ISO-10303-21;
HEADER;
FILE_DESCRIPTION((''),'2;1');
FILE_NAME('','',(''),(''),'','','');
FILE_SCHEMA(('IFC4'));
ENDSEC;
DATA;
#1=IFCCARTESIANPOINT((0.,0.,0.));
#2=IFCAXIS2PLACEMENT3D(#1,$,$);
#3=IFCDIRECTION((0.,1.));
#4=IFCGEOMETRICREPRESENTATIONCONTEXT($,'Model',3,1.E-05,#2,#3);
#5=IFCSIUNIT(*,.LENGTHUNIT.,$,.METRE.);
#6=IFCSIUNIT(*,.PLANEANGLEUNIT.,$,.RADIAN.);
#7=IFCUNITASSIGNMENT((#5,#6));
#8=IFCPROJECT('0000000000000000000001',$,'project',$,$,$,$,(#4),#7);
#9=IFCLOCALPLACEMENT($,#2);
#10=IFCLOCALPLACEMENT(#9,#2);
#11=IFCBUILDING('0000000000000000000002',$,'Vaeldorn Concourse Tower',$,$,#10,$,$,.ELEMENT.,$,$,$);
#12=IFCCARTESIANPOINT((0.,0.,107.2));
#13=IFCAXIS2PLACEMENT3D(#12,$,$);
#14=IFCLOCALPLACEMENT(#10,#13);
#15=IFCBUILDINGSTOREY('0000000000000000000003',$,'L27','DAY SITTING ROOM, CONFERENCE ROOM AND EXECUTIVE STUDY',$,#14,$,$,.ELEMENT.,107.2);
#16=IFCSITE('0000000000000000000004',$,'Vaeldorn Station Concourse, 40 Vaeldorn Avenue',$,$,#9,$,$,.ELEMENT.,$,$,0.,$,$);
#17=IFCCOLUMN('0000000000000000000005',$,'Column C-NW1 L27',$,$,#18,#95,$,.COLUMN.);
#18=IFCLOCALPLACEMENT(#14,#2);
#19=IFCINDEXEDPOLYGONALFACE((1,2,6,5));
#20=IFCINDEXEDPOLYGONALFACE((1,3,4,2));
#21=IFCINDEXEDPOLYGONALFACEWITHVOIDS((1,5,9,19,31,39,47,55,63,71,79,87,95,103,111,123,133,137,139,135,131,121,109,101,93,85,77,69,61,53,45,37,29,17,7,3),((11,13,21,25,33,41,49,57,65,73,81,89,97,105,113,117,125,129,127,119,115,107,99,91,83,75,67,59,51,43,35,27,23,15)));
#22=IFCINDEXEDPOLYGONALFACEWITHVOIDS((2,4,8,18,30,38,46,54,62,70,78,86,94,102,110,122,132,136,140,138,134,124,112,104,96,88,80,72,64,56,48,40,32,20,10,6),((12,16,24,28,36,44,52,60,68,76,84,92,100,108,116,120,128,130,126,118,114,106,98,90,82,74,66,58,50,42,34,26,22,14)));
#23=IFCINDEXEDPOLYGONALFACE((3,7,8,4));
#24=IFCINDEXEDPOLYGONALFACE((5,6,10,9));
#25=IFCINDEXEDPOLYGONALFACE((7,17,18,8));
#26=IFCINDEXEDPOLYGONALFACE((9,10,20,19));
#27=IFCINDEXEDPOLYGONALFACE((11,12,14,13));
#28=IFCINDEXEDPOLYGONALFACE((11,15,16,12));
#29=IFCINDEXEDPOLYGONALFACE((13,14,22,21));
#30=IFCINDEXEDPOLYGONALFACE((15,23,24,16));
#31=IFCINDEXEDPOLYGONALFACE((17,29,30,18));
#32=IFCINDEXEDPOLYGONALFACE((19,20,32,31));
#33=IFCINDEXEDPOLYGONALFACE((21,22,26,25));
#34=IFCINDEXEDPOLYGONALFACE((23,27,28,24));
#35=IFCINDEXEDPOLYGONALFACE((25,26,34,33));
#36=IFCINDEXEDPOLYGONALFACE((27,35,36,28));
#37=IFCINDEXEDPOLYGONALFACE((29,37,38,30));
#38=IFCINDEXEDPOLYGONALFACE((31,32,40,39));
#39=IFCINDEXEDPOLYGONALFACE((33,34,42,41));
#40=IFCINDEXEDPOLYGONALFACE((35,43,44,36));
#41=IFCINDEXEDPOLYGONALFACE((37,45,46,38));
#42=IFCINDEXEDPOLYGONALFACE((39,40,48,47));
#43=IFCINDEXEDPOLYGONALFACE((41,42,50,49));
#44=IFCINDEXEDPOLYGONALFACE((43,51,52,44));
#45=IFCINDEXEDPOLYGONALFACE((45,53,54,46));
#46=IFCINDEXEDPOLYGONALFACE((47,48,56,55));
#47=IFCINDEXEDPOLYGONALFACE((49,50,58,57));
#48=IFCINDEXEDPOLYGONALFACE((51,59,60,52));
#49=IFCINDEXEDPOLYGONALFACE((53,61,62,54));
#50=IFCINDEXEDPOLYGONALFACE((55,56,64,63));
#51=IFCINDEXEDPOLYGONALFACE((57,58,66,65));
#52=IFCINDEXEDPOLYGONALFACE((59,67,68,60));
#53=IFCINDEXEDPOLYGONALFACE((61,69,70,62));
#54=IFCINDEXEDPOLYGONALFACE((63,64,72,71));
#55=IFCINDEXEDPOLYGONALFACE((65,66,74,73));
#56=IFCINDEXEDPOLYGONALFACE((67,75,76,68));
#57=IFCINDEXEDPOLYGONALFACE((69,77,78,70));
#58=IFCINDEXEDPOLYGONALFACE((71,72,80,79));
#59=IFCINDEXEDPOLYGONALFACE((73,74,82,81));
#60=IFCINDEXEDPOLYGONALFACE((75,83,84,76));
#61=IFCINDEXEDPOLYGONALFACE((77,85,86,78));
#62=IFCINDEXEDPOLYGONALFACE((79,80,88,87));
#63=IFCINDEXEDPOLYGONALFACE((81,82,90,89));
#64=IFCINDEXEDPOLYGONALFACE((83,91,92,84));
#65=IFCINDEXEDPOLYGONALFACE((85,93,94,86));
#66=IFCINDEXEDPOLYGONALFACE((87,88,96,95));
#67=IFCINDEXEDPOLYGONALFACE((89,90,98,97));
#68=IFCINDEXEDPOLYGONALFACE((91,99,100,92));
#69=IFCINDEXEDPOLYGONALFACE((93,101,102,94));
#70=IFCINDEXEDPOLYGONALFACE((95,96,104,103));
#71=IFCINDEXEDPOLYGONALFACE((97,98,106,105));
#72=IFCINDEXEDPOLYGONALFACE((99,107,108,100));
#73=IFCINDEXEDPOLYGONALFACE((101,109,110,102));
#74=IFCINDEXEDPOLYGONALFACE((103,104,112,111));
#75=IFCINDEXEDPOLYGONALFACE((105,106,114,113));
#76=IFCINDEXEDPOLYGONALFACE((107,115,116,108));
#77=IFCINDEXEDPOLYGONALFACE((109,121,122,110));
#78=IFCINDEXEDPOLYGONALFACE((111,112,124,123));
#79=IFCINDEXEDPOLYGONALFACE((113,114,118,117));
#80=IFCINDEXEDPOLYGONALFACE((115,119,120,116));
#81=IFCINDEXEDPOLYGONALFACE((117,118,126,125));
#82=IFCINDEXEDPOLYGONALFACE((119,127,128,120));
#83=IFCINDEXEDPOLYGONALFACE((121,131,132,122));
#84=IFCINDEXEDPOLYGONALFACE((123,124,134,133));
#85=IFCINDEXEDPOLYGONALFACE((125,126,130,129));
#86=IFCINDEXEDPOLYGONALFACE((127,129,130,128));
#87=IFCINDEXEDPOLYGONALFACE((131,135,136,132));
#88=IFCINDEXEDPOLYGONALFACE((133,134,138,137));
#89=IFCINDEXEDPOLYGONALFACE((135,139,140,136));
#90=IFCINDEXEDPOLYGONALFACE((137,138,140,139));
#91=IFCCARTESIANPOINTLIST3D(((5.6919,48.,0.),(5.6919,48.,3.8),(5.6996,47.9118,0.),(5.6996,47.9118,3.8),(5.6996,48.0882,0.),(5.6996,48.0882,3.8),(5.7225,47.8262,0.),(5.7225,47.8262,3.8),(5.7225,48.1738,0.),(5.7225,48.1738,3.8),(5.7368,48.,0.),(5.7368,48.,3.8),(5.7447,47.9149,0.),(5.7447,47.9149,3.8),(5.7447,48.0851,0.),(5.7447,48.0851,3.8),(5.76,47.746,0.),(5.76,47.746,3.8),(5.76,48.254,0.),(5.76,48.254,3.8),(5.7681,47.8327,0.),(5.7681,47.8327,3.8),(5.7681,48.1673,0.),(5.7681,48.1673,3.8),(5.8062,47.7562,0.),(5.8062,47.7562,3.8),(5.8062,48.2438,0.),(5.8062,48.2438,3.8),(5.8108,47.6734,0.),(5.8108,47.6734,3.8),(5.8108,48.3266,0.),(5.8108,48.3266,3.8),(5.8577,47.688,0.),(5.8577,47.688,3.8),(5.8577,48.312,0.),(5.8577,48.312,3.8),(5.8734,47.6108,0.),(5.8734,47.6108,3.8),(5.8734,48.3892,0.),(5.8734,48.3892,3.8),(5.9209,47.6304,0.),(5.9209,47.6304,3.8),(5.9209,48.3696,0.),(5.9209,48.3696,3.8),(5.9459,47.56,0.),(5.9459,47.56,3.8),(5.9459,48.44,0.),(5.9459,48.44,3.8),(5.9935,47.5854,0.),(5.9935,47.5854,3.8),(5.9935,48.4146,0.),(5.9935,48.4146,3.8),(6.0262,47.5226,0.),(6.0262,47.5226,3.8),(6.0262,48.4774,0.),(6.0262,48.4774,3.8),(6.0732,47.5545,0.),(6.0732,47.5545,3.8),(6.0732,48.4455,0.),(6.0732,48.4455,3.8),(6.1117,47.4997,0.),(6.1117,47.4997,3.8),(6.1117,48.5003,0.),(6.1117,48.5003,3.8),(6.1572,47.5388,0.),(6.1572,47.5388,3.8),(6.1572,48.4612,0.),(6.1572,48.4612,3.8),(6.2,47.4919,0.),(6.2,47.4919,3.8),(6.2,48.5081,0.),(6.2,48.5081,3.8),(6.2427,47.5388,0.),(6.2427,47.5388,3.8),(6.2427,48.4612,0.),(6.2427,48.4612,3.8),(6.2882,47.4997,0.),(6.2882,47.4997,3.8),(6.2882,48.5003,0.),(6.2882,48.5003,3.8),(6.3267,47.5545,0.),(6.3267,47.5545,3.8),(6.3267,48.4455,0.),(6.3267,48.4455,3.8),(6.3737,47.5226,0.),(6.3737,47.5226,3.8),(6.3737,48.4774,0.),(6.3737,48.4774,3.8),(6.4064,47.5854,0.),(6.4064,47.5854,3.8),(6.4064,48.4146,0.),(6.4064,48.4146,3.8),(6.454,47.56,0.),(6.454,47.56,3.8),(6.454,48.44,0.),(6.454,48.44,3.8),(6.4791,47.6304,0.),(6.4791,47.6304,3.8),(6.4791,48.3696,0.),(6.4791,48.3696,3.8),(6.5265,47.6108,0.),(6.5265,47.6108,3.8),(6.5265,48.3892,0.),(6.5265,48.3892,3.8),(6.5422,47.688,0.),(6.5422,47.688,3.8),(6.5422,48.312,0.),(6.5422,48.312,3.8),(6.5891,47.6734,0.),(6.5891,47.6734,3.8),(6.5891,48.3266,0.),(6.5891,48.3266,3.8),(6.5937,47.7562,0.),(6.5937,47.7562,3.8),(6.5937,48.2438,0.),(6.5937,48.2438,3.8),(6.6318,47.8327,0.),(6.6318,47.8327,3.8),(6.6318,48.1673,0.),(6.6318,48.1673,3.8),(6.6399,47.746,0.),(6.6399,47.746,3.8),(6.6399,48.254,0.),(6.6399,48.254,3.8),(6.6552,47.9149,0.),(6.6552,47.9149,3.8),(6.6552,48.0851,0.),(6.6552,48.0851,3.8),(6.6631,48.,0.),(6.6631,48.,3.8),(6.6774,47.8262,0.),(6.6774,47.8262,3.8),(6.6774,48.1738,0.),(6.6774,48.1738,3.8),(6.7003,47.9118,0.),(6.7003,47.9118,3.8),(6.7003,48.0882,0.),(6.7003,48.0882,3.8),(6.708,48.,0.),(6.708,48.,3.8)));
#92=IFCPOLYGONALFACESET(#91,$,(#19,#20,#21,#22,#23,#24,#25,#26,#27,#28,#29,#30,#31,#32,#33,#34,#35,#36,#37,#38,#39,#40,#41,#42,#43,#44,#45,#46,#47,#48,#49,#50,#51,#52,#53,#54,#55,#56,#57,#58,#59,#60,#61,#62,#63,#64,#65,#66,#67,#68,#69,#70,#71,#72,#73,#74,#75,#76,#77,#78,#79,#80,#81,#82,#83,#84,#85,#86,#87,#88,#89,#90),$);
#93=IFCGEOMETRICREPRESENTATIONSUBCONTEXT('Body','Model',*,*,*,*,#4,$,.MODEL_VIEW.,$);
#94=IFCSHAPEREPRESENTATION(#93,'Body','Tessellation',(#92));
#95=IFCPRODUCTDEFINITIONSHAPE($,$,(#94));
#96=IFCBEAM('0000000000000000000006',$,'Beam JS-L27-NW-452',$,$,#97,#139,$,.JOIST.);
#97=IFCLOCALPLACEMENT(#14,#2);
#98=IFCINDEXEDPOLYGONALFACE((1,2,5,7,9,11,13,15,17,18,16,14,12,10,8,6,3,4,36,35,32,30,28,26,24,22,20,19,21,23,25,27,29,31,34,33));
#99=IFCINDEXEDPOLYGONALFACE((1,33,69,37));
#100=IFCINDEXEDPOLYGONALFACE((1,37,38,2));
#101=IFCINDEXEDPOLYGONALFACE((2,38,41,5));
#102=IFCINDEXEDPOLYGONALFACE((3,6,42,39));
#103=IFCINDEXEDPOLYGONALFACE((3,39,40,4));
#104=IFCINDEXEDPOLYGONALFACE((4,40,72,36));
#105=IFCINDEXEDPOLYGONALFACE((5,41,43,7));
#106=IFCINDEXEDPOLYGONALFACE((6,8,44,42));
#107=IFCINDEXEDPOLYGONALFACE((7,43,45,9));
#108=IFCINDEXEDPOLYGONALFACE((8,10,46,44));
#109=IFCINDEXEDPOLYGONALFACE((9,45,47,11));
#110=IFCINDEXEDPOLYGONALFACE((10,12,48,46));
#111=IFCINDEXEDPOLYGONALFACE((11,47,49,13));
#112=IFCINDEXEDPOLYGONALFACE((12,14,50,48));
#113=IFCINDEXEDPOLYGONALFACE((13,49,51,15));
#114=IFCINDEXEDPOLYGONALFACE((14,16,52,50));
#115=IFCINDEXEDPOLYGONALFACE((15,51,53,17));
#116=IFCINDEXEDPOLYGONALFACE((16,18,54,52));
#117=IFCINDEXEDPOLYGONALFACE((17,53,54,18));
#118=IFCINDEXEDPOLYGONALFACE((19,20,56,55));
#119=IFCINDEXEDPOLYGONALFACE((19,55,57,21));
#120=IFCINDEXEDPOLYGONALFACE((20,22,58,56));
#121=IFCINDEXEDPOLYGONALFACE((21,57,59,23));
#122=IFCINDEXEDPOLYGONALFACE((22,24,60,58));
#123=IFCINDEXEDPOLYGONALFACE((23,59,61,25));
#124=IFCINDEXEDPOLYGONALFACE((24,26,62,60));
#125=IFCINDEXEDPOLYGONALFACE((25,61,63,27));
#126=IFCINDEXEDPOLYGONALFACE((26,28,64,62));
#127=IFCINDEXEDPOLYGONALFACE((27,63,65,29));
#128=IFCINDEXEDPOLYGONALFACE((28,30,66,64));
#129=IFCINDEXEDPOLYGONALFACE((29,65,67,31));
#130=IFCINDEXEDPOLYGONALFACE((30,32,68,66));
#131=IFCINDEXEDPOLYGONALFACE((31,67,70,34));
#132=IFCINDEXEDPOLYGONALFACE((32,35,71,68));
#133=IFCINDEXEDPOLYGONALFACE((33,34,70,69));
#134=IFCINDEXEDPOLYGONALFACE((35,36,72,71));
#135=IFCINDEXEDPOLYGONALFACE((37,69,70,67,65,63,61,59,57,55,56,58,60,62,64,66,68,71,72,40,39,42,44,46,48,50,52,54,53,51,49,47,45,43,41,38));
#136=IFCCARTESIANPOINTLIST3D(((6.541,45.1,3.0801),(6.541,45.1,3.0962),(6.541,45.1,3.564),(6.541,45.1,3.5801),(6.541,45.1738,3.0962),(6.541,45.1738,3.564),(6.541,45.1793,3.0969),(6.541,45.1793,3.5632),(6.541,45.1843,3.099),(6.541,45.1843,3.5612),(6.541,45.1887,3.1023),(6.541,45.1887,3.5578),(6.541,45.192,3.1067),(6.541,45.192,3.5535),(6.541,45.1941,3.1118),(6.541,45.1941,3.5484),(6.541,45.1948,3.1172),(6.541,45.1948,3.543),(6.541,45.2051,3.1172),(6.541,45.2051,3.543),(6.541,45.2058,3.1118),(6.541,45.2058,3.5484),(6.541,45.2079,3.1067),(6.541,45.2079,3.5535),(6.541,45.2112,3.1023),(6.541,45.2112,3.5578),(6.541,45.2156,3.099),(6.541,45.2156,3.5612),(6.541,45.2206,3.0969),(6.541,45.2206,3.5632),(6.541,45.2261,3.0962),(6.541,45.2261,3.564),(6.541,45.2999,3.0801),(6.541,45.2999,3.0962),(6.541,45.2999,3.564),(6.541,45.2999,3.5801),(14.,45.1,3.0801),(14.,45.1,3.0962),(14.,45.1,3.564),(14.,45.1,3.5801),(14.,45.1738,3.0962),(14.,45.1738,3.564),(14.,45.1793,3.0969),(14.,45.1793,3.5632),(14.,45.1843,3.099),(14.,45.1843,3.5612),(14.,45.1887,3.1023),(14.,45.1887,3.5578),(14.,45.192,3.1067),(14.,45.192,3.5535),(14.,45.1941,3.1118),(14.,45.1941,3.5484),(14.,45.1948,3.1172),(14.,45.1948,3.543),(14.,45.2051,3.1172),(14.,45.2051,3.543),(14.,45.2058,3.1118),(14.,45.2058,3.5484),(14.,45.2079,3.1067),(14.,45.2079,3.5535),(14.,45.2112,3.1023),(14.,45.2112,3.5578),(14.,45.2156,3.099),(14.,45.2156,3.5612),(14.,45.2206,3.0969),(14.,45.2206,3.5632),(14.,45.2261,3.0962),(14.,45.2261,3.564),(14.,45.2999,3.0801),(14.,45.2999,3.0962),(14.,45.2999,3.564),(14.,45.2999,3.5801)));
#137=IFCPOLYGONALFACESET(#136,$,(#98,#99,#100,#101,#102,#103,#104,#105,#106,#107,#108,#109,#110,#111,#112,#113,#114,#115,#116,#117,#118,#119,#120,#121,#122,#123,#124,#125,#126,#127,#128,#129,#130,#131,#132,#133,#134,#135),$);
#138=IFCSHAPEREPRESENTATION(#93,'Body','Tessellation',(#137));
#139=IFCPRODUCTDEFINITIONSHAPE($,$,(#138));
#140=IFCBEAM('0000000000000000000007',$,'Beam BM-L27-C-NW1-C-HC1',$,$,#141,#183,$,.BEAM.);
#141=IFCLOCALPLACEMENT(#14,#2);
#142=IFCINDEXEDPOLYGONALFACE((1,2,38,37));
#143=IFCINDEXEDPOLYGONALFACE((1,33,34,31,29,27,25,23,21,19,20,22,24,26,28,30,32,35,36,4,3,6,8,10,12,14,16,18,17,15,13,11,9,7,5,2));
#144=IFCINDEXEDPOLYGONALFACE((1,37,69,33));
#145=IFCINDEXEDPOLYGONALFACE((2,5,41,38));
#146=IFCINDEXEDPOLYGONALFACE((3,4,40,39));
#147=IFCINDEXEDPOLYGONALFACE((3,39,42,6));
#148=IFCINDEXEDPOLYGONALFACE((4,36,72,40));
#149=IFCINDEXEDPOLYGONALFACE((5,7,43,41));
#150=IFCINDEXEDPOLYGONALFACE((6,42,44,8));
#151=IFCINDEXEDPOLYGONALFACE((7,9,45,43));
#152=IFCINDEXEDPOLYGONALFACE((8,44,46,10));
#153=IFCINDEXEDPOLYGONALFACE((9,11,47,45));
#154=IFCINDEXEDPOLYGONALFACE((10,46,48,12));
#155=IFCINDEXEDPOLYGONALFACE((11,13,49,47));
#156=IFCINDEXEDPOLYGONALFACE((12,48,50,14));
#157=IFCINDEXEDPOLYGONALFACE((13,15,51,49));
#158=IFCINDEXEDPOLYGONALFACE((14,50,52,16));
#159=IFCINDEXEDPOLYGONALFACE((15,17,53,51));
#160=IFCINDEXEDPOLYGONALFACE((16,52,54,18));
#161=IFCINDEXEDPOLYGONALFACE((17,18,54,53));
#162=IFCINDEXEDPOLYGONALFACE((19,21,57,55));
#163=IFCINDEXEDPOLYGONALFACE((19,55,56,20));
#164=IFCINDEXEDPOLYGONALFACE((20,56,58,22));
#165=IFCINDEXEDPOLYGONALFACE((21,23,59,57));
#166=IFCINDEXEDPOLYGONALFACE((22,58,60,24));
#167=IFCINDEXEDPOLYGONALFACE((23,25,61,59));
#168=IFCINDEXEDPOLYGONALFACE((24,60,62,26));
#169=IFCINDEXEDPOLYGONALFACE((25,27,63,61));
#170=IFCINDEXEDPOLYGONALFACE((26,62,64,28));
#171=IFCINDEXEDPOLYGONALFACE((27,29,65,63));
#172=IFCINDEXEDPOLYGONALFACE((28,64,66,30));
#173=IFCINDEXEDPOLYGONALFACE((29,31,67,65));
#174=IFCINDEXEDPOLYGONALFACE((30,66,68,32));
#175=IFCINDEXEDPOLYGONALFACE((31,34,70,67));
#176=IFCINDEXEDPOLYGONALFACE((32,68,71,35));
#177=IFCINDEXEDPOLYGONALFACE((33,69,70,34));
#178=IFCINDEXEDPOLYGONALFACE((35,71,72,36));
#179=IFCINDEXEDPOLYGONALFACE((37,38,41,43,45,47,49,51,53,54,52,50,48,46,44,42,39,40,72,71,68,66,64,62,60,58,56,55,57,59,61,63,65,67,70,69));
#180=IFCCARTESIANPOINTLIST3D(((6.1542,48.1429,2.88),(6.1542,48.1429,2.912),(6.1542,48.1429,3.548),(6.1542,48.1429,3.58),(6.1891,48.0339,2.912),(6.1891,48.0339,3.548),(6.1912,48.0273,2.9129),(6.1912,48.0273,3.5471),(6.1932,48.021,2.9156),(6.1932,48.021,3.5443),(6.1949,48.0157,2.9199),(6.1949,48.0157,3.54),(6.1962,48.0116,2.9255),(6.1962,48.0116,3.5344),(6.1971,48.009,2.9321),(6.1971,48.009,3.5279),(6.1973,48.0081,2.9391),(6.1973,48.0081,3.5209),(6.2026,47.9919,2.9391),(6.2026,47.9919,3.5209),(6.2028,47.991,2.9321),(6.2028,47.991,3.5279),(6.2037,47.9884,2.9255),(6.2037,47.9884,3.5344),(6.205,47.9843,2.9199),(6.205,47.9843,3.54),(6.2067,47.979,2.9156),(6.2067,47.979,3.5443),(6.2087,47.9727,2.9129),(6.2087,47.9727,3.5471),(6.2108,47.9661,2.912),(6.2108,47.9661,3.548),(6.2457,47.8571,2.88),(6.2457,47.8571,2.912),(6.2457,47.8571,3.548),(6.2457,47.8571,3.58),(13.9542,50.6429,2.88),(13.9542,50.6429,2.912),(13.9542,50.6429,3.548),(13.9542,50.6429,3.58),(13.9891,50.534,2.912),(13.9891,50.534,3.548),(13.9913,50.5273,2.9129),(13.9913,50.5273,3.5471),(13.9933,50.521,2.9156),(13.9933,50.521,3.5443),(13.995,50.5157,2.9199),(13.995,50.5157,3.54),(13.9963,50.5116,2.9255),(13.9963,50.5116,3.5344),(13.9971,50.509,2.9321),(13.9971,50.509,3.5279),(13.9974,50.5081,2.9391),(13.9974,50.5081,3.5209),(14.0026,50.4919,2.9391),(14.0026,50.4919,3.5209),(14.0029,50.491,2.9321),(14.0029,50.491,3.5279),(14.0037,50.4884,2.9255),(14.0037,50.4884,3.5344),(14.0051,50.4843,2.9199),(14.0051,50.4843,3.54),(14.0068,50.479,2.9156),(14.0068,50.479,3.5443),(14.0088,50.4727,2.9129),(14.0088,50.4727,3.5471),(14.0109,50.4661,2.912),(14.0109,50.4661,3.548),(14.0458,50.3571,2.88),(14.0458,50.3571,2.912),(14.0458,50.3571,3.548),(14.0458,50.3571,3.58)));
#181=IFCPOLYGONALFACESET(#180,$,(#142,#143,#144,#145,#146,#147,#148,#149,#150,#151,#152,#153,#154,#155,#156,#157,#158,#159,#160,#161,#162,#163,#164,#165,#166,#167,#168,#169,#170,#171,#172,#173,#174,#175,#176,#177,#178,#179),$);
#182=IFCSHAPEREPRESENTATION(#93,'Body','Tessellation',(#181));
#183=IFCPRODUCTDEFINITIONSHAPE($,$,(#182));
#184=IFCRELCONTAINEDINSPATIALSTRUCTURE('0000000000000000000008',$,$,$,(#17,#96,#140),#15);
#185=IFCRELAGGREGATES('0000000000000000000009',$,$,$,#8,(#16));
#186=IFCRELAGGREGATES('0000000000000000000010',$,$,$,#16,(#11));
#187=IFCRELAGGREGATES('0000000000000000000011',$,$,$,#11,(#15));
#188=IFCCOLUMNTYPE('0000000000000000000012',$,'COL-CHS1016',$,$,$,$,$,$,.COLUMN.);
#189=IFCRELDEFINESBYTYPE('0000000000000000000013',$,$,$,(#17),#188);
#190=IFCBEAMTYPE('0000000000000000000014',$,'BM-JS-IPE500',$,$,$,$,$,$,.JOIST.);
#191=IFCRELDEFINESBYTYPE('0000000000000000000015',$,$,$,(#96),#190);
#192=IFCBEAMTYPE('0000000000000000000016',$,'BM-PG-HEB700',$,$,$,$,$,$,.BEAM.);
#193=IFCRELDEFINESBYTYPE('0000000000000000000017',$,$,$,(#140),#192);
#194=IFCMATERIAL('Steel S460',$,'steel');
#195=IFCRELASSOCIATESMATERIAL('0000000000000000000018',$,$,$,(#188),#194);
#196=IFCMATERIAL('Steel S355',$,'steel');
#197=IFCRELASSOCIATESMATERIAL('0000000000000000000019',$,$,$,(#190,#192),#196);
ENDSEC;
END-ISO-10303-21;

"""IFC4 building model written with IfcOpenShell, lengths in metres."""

from ifc_helpers import new_model, si_unit, direction, frame, origin, origin_2d, place, context, subcontext, project, spatial, hollow_circle, i_section, extrude, source, transform, mapped, material, material_profile, profile_set, type_object, element, save


model = new_model("IFC4")

# Units and contexts
model_context = context("Model", 3, precision=1e-05, world=origin(), true_north=direction((0.0, 1.0)))
body_context = subcontext(model_context, "Body", "Model", "MODEL_VIEW")
ifc_project = project(units=[si_unit("LENGTHUNIT", "METRE"), si_unit("PLANEANGLEUNIT", "RADIAN")], contexts=[model_context])

# Site, building, storey
site_placement = place(None, origin())
site = spatial("IfcSite", under=ifc_project, at=site_placement, Name="Vaeldorn Station Concourse, 40 Vaeldorn Avenue", CompositionType="ELEMENT", RefElevation=0.0)
building_placement = place(site_placement, origin())
building = spatial("IfcBuilding", under=site, at=building_placement, Name="Vaeldorn Concourse Tower", CompositionType="ELEMENT")
storey_placement = place(building_placement, frame((0.0, 0.0, 107.2)))
storey = spatial("IfcBuildingStorey", under=building, at=storey_placement, Name="L27", Description="DAY SITTING ROOM, CONFERENCE ROOM AND EXECUTIVE STUDY", CompositionType="ELEMENT", Elevation=107.2)

# Column
ifc_material_1 = material(Name="Steel S460", Category="steel")
ifc_material_profile_1 = material_profile(ifc_material_1, hollow_circle(Radius=0.5081, WallThickness=0.0449, at=origin_2d()), Name="CHS 1016x45")
ifc_profile_set_1 = profile_set([ifc_material_profile_1], Name="Steel S460")
column_type = type_object("IfcColumnType", Name="COL-CHS1016", PredefinedType="COLUMN", material=ifc_profile_set_1)
shared_shape_1 = source(origin(), body_context, "Body", "SweptSolid", [
    extrude(hollow_circle(Radius=0.5081, WallThickness=0.0449, at=origin_2d()), origin(), (0.0, 0.0, 1.0), 3.8),
])
column_placement = place(storey_placement, frame((6.2, 48.0, 0.0), z_axis=(0.0, 0.0, 1.0), x_axis=(1.0, 0.0, 0.0)))
element("IfcColumn", 1, at=column_placement, inside=storey, type_object=column_type, Name="Column C-NW1 L27", PredefinedType="COLUMN", context=body_context, shape_type="MappedRepresentation", body=[
    mapped(shared_shape_1, transform((0.0, 0.0, 0.0), scale=1.0)),
])

# Beams
ifc_material_2 = material(Name="Steel S355", Category="steel")
ifc_material_profile_2 = material_profile(ifc_material_2, i_section(OverallWidth=0.2, OverallDepth=0.5, WebThickness=0.0103, FlangeThickness=0.0161, FilletRadius=0.021, at=origin_2d()), Name="IPE 500")
ifc_profile_set_2 = profile_set([ifc_material_profile_2], Name="Steel S355")
beam_type_1 = type_object("IfcBeamType", Name="BM-JS-IPE500", PredefinedType="JOIST", material=ifc_profile_set_2)
shared_shape_2 = source(origin(), body_context, "Body", "SweptSolid", [
    extrude(i_section(OverallWidth=0.2, OverallDepth=0.5, WebThickness=0.0103, FlangeThickness=0.0161, FilletRadius=0.021, at=origin_2d()), origin(), (0.0, 0.0, 1.0), 7.459),
])
beam_1_placement = place(storey_placement, frame((6.541, 45.2, 3.3301), z_axis=(1.0, 0.0, 0.0), x_axis=(0.0, 1.0, 0.0)))
element("IfcBeam", 2, at=beam_1_placement, inside=storey, type_object=beam_type_1, Name="Beam JS-L27-NW-452", PredefinedType="JOIST", context=body_context, shape_type="MappedRepresentation", body=[
    mapped(shared_shape_2, transform((0.0, 0.0, 0.0), scale=1.0)),
])
ifc_material_profile_3 = material_profile(ifc_material_2, i_section(OverallWidth=0.3, OverallDepth=0.7, WebThickness=0.0171, FlangeThickness=0.032, FilletRadius=0.0271, at=origin_2d()), Name="HEB 700")
ifc_profile_set_3 = profile_set([ifc_material_profile_3], Name="Steel S355")
beam_type_2 = type_object("IfcBeamType", Name="BM-PG-HEB700", PredefinedType="BEAM", material=ifc_profile_set_3)
shared_shape_3 = source(origin(), body_context, "Body", "SweptSolid", [
    extrude(i_section(OverallWidth=0.3, OverallDepth=0.7, WebThickness=0.0171, FlangeThickness=0.032, FilletRadius=0.0271, at=origin_2d()), origin(), (0.0, 0.0, 1.0), 8.1909),
])
beam_2_placement = place(storey_placement, frame((6.2, 48.0, 3.23), z_axis=(0.952283, 0.305217, 0.0), x_axis=(-0.305217, 0.952283, 0.0)))
element("IfcBeam", 3, at=beam_2_placement, inside=storey, type_object=beam_type_2, Name="Beam BM-L27-C-NW1-C-HC1", PredefinedType="BEAM", context=body_context, shape_type="MappedRepresentation", body=[
    mapped(shared_shape_3, transform((0.0, 0.0, 0.0), scale=1.0)),
])

save(model, "model.ifc")
